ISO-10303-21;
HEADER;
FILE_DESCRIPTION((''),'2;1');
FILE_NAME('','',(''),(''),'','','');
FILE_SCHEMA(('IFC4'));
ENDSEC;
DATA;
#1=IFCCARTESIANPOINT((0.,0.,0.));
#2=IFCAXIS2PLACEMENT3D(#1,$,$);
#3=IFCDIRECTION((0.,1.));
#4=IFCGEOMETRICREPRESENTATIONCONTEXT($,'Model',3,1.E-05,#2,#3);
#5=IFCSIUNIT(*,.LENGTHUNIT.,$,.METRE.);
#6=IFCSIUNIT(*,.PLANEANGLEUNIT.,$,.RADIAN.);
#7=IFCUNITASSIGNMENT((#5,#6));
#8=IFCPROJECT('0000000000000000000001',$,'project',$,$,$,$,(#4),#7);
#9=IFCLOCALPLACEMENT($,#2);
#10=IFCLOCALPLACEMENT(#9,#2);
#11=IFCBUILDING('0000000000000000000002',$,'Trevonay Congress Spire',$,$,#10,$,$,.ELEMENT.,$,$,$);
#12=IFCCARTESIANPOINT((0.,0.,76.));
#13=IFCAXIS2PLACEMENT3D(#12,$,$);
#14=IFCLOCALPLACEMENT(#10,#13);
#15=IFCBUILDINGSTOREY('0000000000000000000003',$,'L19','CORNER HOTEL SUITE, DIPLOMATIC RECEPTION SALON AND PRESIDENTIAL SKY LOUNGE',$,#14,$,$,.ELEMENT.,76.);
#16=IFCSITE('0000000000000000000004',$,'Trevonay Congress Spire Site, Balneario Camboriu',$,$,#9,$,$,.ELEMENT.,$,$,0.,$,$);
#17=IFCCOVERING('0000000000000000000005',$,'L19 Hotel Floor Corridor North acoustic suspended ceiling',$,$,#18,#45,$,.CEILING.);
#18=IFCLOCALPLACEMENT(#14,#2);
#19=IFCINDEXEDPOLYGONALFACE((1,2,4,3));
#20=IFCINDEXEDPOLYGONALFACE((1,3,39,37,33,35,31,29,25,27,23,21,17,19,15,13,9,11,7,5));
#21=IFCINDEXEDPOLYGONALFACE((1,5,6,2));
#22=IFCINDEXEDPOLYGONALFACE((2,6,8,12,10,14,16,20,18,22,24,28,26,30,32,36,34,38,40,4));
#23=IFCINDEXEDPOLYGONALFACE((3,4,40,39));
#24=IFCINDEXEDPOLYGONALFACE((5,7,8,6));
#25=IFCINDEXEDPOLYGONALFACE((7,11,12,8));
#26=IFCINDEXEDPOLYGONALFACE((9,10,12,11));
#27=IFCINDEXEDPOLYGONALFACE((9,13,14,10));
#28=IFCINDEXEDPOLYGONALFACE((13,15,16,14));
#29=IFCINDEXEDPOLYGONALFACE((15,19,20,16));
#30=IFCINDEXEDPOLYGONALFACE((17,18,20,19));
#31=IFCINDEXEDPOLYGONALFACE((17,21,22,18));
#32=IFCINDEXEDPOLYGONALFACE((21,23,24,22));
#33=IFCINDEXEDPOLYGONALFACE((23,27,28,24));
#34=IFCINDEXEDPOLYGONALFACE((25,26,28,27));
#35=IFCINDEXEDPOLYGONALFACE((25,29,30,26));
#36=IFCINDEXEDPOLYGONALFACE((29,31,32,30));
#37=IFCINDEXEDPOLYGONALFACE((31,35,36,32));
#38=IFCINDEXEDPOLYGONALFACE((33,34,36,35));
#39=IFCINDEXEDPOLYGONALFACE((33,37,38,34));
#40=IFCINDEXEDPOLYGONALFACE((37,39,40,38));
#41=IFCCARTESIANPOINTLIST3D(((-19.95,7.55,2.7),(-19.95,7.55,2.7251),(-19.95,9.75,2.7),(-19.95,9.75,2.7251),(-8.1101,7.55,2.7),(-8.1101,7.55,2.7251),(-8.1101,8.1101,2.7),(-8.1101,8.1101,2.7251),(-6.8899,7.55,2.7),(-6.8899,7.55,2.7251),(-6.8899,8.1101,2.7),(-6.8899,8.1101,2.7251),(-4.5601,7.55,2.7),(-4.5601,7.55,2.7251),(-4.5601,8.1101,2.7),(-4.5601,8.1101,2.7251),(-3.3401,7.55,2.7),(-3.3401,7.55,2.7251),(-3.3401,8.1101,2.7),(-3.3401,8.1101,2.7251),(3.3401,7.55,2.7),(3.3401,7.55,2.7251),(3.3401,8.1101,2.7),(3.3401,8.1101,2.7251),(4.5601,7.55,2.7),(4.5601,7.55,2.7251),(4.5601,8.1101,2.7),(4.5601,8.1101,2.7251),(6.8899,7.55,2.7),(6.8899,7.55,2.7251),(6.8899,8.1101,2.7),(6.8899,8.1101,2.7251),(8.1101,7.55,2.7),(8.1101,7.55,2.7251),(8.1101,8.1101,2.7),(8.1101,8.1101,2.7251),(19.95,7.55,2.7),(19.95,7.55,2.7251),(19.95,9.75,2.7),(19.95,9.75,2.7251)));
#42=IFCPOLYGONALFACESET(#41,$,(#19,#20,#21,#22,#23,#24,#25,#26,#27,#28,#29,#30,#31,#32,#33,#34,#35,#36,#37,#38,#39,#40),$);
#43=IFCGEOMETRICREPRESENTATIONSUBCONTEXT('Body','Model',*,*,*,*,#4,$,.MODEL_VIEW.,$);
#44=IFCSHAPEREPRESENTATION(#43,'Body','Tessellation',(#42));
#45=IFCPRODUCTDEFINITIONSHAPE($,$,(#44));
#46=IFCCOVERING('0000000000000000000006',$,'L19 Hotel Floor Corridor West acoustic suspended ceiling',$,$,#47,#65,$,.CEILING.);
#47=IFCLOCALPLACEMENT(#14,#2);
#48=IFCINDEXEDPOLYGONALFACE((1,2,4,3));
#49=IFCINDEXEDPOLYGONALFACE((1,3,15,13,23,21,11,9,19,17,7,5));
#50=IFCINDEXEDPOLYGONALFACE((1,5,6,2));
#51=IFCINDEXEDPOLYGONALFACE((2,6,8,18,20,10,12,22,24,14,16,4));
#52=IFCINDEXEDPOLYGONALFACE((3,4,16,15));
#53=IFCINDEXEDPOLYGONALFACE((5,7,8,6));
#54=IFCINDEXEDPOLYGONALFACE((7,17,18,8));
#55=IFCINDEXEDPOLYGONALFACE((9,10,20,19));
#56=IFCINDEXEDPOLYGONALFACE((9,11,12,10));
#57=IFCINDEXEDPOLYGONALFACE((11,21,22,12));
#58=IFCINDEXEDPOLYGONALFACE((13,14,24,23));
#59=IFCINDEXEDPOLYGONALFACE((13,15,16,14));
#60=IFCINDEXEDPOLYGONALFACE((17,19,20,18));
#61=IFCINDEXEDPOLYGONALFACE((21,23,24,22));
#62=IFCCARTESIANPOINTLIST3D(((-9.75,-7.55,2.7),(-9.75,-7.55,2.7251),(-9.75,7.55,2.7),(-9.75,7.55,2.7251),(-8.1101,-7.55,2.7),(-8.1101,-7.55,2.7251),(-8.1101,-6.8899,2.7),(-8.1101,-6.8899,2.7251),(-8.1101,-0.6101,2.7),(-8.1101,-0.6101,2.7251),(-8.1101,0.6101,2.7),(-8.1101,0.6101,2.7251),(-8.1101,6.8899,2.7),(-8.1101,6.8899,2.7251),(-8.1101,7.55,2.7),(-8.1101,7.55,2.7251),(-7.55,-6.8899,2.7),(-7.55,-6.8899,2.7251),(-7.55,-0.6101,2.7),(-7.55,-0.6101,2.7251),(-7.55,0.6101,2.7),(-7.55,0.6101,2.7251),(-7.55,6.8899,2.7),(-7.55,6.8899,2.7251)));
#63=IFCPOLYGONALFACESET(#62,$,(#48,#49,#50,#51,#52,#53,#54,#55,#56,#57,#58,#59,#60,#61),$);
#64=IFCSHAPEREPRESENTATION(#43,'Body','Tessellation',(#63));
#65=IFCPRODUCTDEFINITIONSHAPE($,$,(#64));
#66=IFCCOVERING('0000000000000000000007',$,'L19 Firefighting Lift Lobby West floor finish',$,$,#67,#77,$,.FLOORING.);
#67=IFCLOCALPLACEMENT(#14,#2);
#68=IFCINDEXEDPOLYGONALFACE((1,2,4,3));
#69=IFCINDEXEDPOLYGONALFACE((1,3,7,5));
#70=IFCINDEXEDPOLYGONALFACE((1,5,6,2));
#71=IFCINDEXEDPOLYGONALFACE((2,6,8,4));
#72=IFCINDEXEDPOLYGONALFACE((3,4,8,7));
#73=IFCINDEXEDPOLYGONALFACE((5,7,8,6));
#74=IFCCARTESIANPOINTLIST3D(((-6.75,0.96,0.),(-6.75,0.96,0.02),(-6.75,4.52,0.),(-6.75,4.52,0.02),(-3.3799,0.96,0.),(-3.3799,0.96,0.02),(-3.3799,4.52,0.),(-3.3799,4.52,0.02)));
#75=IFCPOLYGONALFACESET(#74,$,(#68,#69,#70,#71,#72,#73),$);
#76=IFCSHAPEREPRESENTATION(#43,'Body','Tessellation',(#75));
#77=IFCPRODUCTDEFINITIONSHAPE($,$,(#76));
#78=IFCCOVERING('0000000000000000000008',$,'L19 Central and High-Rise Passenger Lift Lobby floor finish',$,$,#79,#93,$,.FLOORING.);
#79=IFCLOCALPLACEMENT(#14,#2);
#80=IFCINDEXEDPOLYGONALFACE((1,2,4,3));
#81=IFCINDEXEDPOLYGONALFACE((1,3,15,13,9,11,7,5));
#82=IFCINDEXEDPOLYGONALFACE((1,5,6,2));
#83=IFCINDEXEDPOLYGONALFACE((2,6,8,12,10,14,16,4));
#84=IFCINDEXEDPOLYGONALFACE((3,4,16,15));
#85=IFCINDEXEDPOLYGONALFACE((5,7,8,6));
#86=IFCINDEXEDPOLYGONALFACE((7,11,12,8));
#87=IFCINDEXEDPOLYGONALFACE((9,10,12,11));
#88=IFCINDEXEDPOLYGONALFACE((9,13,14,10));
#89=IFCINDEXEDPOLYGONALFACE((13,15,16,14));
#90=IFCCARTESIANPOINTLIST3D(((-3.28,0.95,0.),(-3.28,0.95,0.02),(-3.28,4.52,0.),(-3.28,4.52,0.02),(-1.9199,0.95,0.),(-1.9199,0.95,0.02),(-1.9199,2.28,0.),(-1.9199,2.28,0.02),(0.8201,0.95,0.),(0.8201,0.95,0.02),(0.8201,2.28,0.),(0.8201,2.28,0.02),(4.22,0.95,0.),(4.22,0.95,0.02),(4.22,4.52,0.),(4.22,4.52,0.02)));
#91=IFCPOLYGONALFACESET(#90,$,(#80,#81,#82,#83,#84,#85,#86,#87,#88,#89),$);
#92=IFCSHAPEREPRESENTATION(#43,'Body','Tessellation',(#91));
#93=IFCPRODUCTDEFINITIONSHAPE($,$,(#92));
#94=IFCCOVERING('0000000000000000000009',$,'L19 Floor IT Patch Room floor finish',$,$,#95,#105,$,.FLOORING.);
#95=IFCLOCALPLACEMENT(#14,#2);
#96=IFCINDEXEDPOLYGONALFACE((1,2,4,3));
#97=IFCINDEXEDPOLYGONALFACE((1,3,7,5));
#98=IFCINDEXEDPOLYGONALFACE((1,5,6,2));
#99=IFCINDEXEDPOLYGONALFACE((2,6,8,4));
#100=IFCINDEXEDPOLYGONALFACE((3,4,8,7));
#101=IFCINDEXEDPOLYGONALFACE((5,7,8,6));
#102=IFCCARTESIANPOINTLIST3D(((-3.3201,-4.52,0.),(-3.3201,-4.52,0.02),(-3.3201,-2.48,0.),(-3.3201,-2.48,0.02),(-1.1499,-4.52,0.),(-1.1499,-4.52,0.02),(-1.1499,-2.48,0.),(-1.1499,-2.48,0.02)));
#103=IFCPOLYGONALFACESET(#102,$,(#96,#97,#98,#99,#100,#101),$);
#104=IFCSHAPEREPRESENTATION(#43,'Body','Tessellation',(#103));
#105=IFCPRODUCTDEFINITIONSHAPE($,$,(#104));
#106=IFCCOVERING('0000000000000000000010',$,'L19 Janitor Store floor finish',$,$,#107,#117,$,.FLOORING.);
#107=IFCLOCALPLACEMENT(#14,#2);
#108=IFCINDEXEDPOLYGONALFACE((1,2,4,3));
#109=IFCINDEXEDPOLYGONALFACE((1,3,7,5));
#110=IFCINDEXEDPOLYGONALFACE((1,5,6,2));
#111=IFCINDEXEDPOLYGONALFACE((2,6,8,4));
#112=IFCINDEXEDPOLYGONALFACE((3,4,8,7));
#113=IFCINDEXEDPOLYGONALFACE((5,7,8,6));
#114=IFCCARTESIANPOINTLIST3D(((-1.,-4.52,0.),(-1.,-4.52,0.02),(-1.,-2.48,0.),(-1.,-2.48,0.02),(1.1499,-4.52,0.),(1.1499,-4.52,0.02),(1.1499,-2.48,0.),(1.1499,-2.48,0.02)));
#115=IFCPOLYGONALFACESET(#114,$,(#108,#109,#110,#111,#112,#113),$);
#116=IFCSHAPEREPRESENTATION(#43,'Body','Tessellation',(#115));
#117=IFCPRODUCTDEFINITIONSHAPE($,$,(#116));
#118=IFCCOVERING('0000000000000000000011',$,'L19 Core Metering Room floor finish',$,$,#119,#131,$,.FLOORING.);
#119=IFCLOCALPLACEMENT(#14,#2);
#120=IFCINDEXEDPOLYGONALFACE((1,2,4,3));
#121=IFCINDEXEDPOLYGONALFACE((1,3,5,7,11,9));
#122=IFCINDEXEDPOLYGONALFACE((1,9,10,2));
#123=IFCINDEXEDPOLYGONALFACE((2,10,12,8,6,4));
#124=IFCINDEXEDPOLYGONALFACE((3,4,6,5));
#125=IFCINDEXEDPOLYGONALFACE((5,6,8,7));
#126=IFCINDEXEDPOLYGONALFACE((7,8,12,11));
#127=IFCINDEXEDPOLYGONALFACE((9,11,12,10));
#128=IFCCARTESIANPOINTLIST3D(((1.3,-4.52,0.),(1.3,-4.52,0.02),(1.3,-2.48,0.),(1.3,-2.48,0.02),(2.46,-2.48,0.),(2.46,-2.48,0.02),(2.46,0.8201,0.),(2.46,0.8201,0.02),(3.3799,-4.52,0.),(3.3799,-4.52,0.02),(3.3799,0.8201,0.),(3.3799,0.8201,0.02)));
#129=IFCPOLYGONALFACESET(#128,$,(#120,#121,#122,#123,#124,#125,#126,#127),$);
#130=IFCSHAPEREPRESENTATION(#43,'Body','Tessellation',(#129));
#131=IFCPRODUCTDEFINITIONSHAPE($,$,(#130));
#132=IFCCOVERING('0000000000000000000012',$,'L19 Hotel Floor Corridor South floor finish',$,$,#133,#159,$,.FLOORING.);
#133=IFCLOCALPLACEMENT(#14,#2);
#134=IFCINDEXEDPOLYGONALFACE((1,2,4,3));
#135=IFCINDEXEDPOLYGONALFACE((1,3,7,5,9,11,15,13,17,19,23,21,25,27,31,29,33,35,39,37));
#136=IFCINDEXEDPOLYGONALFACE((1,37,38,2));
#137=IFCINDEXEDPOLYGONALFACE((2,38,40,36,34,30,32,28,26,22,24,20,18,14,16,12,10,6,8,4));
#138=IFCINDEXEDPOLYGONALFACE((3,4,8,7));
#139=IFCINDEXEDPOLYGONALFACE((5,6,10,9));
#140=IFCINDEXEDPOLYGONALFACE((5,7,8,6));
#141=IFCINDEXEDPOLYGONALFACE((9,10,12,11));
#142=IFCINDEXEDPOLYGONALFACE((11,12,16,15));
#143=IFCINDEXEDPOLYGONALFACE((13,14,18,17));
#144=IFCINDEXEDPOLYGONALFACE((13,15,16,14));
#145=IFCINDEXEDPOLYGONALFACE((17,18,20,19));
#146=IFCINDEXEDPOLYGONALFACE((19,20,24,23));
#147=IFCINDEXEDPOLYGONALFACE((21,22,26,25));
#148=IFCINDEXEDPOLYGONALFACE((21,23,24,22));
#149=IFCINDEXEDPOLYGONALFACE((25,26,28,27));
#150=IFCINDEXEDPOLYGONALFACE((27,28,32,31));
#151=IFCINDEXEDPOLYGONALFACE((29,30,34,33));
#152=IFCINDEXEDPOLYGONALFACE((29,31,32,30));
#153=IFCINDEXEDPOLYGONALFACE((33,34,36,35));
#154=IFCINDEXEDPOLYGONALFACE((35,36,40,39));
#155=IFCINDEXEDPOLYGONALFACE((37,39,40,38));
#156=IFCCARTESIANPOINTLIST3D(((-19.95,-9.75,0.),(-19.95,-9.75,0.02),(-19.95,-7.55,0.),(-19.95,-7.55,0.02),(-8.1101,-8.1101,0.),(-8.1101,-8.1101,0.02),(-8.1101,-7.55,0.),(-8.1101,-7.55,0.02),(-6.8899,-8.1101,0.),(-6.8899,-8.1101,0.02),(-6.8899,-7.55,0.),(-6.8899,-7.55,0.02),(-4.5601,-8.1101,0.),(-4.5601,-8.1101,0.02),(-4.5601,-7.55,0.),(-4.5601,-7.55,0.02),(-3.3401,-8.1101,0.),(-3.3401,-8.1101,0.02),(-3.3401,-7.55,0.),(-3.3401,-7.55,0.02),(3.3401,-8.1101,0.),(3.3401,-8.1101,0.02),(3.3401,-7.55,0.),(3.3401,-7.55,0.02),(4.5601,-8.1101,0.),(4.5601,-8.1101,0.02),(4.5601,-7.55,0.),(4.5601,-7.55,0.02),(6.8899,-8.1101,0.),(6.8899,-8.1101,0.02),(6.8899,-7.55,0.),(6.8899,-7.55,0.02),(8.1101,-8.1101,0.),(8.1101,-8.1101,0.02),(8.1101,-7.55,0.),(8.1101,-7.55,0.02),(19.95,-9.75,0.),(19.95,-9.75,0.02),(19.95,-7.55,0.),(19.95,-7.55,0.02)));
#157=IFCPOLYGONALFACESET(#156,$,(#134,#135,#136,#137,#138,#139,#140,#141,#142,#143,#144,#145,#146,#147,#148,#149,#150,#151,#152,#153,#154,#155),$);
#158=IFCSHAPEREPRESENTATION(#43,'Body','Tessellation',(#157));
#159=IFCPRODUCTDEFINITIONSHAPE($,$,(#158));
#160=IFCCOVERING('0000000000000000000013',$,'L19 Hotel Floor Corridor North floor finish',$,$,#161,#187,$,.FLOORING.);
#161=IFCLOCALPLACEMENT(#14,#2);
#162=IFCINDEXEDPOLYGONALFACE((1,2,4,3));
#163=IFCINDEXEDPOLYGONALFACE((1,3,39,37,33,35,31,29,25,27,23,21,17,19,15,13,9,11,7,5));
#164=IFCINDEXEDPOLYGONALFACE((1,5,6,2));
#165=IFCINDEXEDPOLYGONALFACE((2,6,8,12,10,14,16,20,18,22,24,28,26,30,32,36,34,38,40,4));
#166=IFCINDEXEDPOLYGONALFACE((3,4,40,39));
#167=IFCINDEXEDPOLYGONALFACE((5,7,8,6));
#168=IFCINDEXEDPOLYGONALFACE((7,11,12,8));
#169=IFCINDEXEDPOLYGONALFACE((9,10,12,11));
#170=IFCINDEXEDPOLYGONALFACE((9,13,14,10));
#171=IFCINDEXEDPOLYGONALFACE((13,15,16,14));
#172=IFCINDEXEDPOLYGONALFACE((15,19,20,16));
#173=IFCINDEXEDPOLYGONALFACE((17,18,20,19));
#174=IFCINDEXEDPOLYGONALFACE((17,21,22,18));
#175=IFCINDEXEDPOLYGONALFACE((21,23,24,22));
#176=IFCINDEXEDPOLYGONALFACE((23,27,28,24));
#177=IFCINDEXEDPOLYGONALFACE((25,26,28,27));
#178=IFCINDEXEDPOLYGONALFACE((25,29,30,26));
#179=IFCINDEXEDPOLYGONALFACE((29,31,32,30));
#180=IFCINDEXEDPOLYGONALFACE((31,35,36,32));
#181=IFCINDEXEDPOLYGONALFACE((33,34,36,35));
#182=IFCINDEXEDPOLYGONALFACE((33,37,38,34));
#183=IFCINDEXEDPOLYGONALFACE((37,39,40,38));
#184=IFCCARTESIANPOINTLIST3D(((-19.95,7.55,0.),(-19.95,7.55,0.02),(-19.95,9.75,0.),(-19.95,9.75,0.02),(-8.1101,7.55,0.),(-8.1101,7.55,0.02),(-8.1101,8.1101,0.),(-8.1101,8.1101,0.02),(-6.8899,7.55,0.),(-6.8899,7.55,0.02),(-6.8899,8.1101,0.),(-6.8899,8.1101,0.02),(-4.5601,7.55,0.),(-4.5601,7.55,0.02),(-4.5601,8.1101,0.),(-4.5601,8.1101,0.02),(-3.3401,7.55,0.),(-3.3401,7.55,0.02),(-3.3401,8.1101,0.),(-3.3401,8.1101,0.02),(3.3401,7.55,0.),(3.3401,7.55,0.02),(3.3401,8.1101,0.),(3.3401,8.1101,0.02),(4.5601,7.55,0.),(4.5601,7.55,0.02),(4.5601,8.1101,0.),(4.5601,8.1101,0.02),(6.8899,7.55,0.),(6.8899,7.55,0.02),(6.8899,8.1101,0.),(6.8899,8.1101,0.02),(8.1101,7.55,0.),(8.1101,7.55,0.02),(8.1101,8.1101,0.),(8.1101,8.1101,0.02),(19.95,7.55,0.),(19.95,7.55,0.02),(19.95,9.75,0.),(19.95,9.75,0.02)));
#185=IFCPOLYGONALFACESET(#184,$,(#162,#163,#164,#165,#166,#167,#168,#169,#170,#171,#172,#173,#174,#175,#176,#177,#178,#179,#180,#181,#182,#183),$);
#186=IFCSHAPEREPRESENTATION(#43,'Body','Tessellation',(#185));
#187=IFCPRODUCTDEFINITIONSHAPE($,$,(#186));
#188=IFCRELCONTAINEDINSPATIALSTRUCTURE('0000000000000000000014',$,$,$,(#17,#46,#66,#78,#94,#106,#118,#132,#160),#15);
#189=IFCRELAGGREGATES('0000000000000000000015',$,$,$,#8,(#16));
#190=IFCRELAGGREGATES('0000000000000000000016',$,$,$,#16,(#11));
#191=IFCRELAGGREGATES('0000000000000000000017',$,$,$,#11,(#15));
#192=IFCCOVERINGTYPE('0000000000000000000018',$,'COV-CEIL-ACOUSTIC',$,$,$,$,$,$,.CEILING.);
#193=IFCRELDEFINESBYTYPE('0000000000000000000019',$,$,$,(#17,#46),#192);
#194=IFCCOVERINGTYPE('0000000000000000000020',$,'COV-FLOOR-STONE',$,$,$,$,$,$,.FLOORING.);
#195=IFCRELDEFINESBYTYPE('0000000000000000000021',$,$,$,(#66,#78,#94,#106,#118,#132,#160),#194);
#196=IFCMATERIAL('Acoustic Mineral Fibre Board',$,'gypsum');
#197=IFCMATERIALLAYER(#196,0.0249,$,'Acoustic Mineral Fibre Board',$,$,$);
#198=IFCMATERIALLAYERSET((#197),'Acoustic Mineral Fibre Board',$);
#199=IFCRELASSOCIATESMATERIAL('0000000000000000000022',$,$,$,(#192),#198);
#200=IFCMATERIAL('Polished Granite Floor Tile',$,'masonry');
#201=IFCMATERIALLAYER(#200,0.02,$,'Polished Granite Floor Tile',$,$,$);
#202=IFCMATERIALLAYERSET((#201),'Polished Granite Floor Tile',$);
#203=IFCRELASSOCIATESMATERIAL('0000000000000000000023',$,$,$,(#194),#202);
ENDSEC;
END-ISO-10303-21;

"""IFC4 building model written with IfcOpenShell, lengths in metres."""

from ifc_helpers import new_model, si_unit, direction, frame, origin, place, context, subcontext, project, spatial, polyline, outline, extrude, material, layer, layer_set, type_object, element, save


model = new_model("IFC4")

# Units and contexts
model_context = context("Model", 3, precision=1e-05, world=origin(), true_north=direction((0.0, 1.0)))
body_context = subcontext(model_context, "Body", "Model", "MODEL_VIEW")
ifc_project = project(units=[si_unit("LENGTHUNIT", "METRE"), si_unit("PLANEANGLEUNIT", "RADIAN")], contexts=[model_context])

# Site, building, storey
site_placement = place(None, origin())
site = spatial("IfcSite", under=ifc_project, at=site_placement, Name="Trevonay Congress Spire Site, Balneario Camboriu", CompositionType="ELEMENT", RefElevation=0.0)
building_placement = place(site_placement, origin())
building = spatial("IfcBuilding", under=site, at=building_placement, Name="Trevonay Congress Spire", CompositionType="ELEMENT")
storey_placement = place(building_placement, frame((0.0, 0.0, 76.0)))
storey = spatial("IfcBuildingStorey", under=building, at=storey_placement, Name="L19", Description="CORNER HOTEL SUITE, DIPLOMATIC RECEPTION SALON AND PRESIDENTIAL SKY LOUNGE", CompositionType="ELEMENT", Elevation=76.0)

# Coverings
ifc_material_1 = material(Name="Acoustic Mineral Fibre Board", Category="gypsum")
ifc_layer_1 = layer(ifc_material_1, 0.0249, Name="Acoustic Mineral Fibre Board")
ifc_layer_set_1 = layer_set([ifc_layer_1], Name="Acoustic Mineral Fibre Board")
covering_type_1 = type_object("IfcCoveringType", Name="COV-CEIL-ACOUSTIC", PredefinedType="CEILING", material=ifc_layer_set_1)
covering_1_placement = place(storey_placement, frame((0.0, 0.0, 2.7)))
element("IfcCovering", 1, at=covering_1_placement, inside=storey, type_object=covering_type_1, Name="L19 Hotel Floor Corridor North acoustic suspended ceiling", PredefinedType="CEILING", context=body_context, shape_type="SweptSolid", body=[
    extrude(outline(polyline([(-19.95, 7.55), (-19.95, 9.75), (19.95, 9.75), (19.95, 7.55), (8.1101, 7.55), (8.1101, 8.1101), (6.8899, 8.1101), (6.8899, 7.55), (4.5601, 7.55), (4.5601, 8.1101), (3.3401, 8.1101), (3.3401, 7.55), (-3.3401, 7.55), (-3.3401, 8.1101), (-4.5601, 8.1101), (-4.5601, 7.55), (-6.8899, 7.55), (-6.8899, 8.1101), (-8.1101, 8.1101), (-8.1101, 7.55), (-19.95, 7.55)])), origin(), (0.0, 0.0, 1.0), 0.0251),
])
covering_2_placement = place(storey_placement, frame((0.0, 0.0, 2.7)))
element("IfcCovering", 2, at=covering_2_placement, inside=storey, type_object=covering_type_1, Name="L19 Hotel Floor Corridor West acoustic suspended ceiling", PredefinedType="CEILING", context=body_context, shape_type="SweptSolid", body=[
    extrude(outline(polyline([(-9.75, 7.55), (-8.1101, 7.55), (-8.1101, 6.8899), (-7.55, 6.8899), (-7.55, 0.6101), (-8.1101, 0.6101), (-8.1101, -0.6101), (-7.55, -0.6101), (-7.55, -6.8899), (-8.1101, -6.8899), (-8.1101, -7.55), (-9.75, -7.55), (-9.75, 7.55)])), origin(), (0.0, 0.0, 1.0), 0.0251),
])
ifc_material_2 = material(Name="Polished Granite Floor Tile", Category="masonry")
ifc_layer_2 = layer(ifc_material_2, 0.02, Name="Polished Granite Floor Tile")
ifc_layer_set_2 = layer_set([ifc_layer_2], Name="Polished Granite Floor Tile")
covering_type_2 = type_object("IfcCoveringType", Name="COV-FLOOR-STONE", PredefinedType="FLOORING", material=ifc_layer_set_2)
covering_3_placement = place(storey_placement, origin())
element("IfcCovering", 3, at=covering_3_placement, inside=storey, type_object=covering_type_2, Name="L19 Firefighting Lift Lobby West floor finish", PredefinedType="FLOORING", context=body_context, shape_type="SweptSolid", body=[
    extrude(outline(polyline([(-6.75, 0.96), (-3.3799, 0.96), (-3.3799, 4.52), (-6.75, 4.52), (-6.75, 0.96)])), origin(), (0.0, 0.0, 1.0), 0.02),
])
covering_4_placement = place(storey_placement, origin())
element("IfcCovering", 4, at=covering_4_placement, inside=storey, type_object=covering_type_2, Name="L19 Central and High-Rise Passenger Lift Lobby floor finish", PredefinedType="FLOORING", context=body_context, shape_type="SweptSolid", body=[
    extrude(outline(polyline([(-3.28, 0.95), (-1.9199, 0.95), (-1.9199, 2.28), (0.8201, 2.28), (0.8201, 0.95), (4.22, 0.95), (4.22, 4.52), (-3.28, 4.52), (-3.28, 0.95)])), origin(), (0.0, 0.0, 1.0), 0.02),
])
covering_5_placement = place(storey_placement, origin())
element("IfcCovering", 5, at=covering_5_placement, inside=storey, type_object=covering_type_2, Name="L19 Floor IT Patch Room floor finish", PredefinedType="FLOORING", context=body_context, shape_type="SweptSolid", body=[
    extrude(outline(polyline([(-3.3201, -4.52), (-1.1499, -4.52), (-1.1499, -2.48), (-3.3201, -2.48), (-3.3201, -4.52)])), origin(), (0.0, 0.0, 1.0), 0.02),
])
covering_6_placement = place(storey_placement, origin())
element("IfcCovering", 6, at=covering_6_placement, inside=storey, type_object=covering_type_2, Name="L19 Janitor Store floor finish", PredefinedType="FLOORING", context=body_context, shape_type="SweptSolid", body=[
    extrude(outline(polyline([(-1.0, -4.52), (1.1499, -4.52), (1.1499, -2.48), (-1.0, -2.48), (-1.0, -4.52)])), origin(), (0.0, 0.0, 1.0), 0.02),
])
covering_7_placement = place(storey_placement, origin())
element("IfcCovering", 7, at=covering_7_placement, inside=storey, type_object=covering_type_2, Name="L19 Core Metering Room floor finish", PredefinedType="FLOORING", context=body_context, shape_type="SweptSolid", body=[
    extrude(outline(polyline([(1.3, -4.52), (3.3799, -4.52), (3.3799, 0.8201), (2.46, 0.8201), (2.46, -2.48), (1.3, -2.48), (1.3, -4.52)])), origin(), (0.0, 0.0, 1.0), 0.02),
])
covering_8_placement = place(storey_placement, origin())
element("IfcCovering", 8, at=covering_8_placement, inside=storey, type_object=covering_type_2, Name="L19 Hotel Floor Corridor South floor finish", PredefinedType="FLOORING", context=body_context, shape_type="SweptSolid", body=[
    extrude(outline(polyline([(19.95, -7.55), (19.95, -9.75), (-19.95, -9.75), (-19.95, -7.55), (-8.1101, -7.55), (-8.1101, -8.1101), (-6.8899, -8.1101), (-6.8899, -7.55), (-4.5601, -7.55), (-4.5601, -8.1101), (-3.3401, -8.1101), (-3.3401, -7.55), (3.3401, -7.55), (3.3401, -8.1101), (4.5601, -8.1101), (4.5601, -7.55), (6.8899, -7.55), (6.8899, -8.1101), (8.1101, -8.1101), (8.1101, -7.55), (19.95, -7.55)])), origin(), (0.0, 0.0, 1.0), 0.02),
])
covering_9_placement = place(storey_placement, origin())
element("IfcCovering", 9, at=covering_9_placement, inside=storey, type_object=covering_type_2, Name="L19 Hotel Floor Corridor North floor finish", PredefinedType="FLOORING", context=body_context, shape_type="SweptSolid", body=[
    extrude(outline(polyline([(-19.95, 7.55), (-19.95, 9.75), (19.95, 9.75), (19.95, 7.55), (8.1101, 7.55), (8.1101, 8.1101), (6.8899, 8.1101), (6.8899, 7.55), (4.5601, 7.55), (4.5601, 8.1101), (3.3401, 8.1101), (3.3401, 7.55), (-3.3401, 7.55), (-3.3401, 8.1101), (-4.5601, 8.1101), (-4.5601, 7.55), (-6.8899, 7.55), (-6.8899, 8.1101), (-8.1101, 8.1101), (-8.1101, 7.55), (-19.95, 7.55)])), origin(), (0.0, 0.0, 1.0), 0.02),
])

save(model, "model.ifc")
